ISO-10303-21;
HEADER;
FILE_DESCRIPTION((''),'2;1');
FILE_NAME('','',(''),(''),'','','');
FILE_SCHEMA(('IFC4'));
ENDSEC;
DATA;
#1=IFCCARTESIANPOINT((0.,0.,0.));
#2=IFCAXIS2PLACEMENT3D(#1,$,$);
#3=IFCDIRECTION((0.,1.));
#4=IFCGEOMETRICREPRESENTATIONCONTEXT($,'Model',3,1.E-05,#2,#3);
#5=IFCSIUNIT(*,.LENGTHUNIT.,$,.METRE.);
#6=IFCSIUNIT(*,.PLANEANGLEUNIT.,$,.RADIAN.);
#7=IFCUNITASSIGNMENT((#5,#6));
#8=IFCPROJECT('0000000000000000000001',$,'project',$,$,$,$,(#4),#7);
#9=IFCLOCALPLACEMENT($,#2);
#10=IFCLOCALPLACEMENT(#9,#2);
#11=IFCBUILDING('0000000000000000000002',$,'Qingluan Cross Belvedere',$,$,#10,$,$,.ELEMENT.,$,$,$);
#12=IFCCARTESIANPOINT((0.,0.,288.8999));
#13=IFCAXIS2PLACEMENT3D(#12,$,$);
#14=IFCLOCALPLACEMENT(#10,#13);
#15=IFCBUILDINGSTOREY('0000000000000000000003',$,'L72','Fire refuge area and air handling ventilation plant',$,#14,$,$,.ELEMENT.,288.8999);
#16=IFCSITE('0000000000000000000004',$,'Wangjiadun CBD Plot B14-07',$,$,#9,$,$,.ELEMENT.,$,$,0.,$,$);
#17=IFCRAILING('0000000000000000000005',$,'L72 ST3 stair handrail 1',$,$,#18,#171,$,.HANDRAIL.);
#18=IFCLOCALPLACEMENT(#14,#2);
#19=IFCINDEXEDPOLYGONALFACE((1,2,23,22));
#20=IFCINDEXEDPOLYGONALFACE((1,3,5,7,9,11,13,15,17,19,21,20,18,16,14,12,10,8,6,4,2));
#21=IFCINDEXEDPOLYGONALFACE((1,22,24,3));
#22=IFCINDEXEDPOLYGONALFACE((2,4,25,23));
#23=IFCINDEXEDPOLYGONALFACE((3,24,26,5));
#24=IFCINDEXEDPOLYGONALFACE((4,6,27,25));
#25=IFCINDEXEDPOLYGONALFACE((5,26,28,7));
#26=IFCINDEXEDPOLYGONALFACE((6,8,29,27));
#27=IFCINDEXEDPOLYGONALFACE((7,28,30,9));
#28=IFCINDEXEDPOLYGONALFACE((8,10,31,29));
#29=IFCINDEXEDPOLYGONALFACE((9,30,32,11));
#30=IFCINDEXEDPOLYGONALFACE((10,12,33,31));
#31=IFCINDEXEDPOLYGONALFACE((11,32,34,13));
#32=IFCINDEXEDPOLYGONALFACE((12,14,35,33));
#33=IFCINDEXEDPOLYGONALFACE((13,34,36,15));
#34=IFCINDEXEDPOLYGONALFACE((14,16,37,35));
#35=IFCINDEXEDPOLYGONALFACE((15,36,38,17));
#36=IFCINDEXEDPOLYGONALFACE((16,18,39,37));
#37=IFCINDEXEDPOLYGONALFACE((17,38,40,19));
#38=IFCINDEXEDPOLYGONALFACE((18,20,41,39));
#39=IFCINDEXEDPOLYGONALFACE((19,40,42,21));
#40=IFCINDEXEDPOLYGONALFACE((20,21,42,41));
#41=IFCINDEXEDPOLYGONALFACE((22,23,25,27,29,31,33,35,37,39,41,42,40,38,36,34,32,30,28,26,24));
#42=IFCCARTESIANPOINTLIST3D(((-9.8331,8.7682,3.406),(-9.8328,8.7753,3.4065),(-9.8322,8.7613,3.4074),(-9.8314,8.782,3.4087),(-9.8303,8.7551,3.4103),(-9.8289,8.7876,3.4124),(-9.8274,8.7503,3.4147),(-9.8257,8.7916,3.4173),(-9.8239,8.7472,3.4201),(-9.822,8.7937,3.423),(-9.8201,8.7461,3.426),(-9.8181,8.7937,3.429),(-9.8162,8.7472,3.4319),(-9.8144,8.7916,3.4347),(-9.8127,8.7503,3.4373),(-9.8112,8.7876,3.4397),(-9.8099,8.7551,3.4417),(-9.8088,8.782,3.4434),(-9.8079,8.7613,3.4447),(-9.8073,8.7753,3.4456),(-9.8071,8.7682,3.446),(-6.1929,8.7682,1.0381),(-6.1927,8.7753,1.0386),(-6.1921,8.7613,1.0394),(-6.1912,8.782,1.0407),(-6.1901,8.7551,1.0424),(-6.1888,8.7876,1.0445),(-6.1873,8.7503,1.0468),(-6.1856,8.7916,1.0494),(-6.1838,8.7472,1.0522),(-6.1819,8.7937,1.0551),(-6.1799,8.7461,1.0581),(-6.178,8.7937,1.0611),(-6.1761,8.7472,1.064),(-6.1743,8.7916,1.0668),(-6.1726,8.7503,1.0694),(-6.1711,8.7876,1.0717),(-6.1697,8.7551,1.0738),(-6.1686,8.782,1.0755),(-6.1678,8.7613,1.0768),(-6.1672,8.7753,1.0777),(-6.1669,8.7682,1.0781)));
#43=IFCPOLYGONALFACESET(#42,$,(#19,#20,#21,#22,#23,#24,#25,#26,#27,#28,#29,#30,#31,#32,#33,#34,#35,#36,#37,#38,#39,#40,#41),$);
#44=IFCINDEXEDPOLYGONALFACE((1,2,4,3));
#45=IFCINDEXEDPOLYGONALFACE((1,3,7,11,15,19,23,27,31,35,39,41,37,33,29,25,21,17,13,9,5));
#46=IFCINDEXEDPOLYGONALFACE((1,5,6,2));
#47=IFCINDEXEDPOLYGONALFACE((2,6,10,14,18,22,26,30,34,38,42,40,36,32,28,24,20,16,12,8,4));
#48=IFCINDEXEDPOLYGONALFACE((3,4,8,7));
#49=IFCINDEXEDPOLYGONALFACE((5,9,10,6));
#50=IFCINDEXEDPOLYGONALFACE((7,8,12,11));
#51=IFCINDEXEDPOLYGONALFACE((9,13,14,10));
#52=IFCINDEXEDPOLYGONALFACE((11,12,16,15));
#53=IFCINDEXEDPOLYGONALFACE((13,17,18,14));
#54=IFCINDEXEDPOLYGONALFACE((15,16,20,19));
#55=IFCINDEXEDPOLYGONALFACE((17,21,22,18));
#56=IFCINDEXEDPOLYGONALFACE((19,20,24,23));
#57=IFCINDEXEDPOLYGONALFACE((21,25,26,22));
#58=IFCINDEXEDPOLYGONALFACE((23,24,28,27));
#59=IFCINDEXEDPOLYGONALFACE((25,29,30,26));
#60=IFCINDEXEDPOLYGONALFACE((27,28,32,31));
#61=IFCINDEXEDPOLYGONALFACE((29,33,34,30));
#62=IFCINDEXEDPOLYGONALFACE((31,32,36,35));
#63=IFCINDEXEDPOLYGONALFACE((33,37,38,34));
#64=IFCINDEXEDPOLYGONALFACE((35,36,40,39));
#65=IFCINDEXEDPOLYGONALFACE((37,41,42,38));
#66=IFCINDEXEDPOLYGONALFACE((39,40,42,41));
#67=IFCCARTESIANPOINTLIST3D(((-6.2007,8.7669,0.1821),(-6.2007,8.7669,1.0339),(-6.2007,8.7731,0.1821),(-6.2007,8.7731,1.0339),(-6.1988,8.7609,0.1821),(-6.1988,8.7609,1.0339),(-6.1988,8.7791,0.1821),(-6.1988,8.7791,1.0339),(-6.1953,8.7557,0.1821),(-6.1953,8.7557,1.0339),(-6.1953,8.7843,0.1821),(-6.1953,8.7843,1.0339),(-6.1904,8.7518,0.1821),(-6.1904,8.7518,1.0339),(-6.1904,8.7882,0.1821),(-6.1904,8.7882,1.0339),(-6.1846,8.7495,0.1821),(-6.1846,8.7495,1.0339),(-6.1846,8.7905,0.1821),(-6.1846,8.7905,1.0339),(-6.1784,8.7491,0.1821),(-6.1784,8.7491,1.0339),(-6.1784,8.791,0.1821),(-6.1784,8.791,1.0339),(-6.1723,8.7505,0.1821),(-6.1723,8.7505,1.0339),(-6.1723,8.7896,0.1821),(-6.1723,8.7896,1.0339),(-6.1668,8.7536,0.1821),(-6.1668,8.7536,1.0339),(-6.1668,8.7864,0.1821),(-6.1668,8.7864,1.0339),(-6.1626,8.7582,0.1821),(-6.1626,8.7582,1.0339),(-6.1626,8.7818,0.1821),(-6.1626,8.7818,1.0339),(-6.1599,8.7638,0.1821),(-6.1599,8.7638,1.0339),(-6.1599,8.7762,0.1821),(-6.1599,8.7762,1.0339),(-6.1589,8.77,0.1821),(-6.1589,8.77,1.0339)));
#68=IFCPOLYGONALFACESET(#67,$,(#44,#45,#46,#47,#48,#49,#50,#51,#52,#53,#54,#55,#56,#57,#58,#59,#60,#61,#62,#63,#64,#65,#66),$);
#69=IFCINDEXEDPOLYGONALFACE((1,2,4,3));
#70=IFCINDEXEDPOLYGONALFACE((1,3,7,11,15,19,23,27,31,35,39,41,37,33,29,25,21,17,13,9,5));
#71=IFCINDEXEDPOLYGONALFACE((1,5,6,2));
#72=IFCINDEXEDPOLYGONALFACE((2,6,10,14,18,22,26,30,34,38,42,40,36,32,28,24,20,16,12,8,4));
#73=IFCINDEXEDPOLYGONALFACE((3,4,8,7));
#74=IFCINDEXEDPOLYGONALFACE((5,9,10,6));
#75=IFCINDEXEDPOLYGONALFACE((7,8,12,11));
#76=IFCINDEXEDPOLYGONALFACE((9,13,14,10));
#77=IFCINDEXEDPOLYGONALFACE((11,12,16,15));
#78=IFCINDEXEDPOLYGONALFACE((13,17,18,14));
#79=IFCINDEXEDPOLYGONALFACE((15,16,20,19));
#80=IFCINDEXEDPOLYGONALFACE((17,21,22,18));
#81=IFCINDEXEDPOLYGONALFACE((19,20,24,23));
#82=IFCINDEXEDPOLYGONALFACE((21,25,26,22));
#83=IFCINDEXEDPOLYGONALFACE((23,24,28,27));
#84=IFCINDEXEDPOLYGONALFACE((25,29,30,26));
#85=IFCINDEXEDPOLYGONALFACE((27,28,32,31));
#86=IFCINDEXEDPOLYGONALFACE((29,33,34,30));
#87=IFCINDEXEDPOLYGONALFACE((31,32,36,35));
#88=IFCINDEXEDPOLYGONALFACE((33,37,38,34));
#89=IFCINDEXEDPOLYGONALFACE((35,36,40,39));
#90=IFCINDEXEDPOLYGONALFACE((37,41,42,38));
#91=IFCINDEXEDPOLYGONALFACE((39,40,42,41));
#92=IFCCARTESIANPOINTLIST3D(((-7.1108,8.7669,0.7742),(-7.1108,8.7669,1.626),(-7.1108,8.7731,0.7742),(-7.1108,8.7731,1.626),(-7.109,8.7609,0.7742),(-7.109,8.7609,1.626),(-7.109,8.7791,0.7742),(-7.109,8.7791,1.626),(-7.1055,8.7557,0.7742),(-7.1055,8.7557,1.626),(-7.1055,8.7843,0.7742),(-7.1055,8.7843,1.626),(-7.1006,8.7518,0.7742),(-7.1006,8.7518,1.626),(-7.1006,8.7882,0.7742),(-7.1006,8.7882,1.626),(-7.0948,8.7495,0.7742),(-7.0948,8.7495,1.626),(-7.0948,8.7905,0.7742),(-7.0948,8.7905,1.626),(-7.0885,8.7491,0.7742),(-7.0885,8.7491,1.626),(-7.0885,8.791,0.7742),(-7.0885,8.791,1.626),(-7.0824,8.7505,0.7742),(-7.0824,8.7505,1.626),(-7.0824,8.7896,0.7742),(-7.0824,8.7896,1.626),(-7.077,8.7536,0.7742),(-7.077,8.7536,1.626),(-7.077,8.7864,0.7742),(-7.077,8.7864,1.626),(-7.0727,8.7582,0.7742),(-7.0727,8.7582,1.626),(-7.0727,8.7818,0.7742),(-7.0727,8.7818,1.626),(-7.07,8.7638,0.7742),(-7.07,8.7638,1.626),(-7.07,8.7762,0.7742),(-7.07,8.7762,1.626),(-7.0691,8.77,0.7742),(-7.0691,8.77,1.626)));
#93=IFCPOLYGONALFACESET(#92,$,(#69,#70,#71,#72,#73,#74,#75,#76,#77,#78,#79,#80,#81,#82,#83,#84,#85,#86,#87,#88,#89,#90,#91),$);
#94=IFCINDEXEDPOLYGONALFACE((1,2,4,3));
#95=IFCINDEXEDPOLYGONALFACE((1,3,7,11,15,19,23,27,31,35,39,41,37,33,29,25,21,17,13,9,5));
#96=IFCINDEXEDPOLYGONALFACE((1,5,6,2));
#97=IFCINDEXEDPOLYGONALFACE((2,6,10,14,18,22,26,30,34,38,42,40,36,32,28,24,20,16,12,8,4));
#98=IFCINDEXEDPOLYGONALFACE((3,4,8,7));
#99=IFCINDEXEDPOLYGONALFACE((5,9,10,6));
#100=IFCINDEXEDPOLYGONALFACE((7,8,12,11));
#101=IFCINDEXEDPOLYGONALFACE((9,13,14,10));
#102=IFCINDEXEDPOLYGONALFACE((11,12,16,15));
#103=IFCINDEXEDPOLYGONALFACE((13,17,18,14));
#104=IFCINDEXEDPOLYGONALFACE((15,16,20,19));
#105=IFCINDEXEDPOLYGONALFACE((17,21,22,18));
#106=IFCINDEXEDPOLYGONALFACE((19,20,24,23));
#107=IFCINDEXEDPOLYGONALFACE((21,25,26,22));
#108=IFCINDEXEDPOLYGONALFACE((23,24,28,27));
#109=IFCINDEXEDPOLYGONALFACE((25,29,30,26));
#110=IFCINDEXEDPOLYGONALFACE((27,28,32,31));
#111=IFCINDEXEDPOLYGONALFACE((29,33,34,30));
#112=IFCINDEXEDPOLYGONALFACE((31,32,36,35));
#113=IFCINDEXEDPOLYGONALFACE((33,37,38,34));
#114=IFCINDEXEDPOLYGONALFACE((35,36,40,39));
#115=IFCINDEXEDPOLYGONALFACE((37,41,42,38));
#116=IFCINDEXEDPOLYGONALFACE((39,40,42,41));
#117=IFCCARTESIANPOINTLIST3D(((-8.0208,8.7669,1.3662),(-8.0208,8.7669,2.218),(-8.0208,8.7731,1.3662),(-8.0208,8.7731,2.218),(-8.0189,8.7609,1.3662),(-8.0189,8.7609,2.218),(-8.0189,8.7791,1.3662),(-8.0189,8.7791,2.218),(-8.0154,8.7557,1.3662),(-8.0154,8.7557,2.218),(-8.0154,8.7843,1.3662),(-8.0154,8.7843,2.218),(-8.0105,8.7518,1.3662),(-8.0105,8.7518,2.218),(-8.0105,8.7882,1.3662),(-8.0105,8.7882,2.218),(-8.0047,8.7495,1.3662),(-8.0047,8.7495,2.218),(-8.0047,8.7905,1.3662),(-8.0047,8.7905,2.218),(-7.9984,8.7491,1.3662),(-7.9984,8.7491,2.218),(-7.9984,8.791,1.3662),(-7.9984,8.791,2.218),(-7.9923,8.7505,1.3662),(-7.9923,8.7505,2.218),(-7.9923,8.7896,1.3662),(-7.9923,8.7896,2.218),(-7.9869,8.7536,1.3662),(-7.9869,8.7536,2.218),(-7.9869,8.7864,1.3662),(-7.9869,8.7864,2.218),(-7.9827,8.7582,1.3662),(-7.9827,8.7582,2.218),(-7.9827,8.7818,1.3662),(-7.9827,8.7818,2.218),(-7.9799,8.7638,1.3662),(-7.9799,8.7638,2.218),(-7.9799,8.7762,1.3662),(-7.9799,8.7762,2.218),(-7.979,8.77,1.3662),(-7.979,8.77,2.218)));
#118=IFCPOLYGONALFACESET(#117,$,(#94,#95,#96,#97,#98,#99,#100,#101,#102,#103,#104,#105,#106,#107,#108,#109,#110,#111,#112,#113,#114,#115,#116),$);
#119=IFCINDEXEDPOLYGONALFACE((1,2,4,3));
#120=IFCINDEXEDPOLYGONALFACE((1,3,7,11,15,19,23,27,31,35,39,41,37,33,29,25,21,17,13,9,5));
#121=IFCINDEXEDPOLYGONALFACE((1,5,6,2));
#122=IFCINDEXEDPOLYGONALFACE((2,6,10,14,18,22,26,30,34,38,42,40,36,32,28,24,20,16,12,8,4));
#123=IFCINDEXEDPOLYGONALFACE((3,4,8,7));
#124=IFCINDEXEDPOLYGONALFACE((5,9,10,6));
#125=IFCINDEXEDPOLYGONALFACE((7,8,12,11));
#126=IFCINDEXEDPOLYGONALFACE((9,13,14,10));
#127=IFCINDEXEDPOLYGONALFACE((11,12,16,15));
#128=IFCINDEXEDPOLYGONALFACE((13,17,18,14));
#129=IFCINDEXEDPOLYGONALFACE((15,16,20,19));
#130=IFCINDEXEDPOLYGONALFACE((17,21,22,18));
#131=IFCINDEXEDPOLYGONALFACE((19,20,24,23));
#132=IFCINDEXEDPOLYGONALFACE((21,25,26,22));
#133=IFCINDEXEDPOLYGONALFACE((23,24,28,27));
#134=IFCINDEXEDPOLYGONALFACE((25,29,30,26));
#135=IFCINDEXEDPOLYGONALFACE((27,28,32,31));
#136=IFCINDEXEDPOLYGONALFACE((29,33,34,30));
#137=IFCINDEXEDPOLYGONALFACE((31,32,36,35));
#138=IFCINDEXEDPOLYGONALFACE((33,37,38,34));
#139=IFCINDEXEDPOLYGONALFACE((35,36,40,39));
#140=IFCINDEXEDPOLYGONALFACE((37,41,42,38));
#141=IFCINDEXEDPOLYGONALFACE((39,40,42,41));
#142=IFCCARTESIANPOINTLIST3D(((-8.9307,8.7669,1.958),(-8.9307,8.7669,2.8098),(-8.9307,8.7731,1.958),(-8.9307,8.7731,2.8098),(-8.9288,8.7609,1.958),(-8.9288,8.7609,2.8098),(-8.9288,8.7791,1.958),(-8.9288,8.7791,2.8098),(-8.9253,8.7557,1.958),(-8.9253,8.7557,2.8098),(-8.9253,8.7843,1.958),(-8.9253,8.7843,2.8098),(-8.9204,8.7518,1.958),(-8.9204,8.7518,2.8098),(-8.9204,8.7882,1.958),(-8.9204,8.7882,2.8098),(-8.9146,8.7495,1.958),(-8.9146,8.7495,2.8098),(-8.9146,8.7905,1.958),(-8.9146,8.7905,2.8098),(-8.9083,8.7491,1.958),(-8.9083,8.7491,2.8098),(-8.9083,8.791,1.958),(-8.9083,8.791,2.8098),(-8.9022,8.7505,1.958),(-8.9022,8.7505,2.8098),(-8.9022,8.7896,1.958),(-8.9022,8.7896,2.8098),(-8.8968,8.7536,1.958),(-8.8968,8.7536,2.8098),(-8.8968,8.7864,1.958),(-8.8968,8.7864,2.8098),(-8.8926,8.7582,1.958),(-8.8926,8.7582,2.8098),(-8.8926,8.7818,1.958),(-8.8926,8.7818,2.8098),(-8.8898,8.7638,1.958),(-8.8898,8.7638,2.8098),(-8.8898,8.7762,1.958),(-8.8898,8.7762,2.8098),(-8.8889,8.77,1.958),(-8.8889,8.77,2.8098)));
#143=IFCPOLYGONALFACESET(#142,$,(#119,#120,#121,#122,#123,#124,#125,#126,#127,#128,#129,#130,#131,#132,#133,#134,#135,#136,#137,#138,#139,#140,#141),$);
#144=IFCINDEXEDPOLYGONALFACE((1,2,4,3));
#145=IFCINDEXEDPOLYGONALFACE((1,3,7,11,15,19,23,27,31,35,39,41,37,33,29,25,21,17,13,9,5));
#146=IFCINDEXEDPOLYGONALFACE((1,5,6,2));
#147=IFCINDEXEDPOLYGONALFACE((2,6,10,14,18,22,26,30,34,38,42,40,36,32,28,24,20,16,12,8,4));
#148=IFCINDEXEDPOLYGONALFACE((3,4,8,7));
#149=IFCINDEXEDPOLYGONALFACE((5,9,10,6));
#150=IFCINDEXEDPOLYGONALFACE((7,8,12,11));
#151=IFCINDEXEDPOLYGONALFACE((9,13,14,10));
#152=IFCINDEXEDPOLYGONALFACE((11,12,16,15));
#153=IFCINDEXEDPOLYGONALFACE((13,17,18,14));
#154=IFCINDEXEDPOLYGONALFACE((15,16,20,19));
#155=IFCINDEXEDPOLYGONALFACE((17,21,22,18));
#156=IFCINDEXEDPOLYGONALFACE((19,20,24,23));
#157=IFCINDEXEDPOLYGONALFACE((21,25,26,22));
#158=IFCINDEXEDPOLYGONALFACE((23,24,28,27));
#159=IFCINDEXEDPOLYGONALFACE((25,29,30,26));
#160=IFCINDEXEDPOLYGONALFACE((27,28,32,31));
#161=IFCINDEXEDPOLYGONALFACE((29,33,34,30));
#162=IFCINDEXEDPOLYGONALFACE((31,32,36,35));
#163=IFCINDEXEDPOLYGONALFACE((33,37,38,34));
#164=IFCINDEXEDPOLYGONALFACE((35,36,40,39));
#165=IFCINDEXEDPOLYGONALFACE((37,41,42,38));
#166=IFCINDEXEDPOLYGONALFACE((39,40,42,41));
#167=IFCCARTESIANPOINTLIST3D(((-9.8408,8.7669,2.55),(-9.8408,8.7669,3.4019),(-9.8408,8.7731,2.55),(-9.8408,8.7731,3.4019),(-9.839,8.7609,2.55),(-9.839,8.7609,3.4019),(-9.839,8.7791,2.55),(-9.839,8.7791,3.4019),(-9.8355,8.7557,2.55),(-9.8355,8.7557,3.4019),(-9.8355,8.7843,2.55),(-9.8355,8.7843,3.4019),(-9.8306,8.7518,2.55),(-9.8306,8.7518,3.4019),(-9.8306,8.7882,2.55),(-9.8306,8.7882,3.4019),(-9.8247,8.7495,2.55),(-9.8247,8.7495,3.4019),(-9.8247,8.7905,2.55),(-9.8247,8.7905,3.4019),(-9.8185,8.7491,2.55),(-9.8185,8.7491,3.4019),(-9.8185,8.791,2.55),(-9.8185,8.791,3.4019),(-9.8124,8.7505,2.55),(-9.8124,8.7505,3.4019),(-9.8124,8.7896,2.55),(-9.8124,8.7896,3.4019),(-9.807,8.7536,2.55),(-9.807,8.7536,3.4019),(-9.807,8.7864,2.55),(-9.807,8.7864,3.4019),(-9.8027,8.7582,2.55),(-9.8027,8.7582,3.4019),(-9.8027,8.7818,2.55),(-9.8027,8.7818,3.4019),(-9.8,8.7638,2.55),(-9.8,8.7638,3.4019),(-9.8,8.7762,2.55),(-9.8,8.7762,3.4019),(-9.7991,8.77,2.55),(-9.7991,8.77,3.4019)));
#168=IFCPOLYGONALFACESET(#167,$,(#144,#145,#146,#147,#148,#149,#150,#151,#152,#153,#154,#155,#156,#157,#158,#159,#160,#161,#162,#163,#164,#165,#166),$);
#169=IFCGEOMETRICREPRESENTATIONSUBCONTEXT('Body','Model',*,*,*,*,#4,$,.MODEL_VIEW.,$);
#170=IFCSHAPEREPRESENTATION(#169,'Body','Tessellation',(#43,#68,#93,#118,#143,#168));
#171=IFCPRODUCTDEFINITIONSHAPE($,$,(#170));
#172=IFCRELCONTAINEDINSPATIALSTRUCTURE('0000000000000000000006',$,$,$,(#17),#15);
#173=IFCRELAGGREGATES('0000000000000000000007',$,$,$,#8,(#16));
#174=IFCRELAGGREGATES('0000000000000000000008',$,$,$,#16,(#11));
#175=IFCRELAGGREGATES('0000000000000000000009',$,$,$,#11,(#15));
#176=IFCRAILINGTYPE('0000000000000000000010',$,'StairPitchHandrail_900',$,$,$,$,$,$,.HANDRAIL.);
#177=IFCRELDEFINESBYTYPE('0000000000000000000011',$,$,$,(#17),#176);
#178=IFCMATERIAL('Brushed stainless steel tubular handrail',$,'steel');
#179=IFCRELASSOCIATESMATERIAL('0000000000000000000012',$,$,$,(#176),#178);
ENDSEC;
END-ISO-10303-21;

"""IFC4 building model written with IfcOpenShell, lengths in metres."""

from ifc_helpers import new_model, si_unit, direction, frame, origin, origin_2d, place, context, subcontext, project, spatial, circle, extrude, material, type_object, element, save


model = new_model("IFC4")

# Units and contexts
model_context = context("Model", 3, precision=1e-05, world=origin(), true_north=direction((0.0, 1.0)))
body_context = subcontext(model_context, "Body", "Model", "MODEL_VIEW")
ifc_project = project(units=[si_unit("LENGTHUNIT", "METRE"), si_unit("PLANEANGLEUNIT", "RADIAN")], contexts=[model_context])

# Site, building, storey
site_placement = place(None, origin())
site = spatial("IfcSite", under=ifc_project, at=site_placement, Name="Wangjiadun CBD Plot B14-07", CompositionType="ELEMENT", RefElevation=0.0)
building_placement = place(site_placement, origin())
building = spatial("IfcBuilding", under=site, at=building_placement, Name="Qingluan Cross Belvedere", CompositionType="ELEMENT")
storey_placement = place(building_placement, frame((0.0, 0.0, 288.8999)))
storey = spatial("IfcBuildingStorey", under=building, at=storey_placement, Name="L72", Description="Fire refuge area and air handling ventilation plant", CompositionType="ELEMENT", Elevation=288.8999)

# Railing
ifc_material_1 = material(Name="Brushed stainless steel tubular handrail", Category="steel")
railing_type_1 = type_object("IfcRailingType", Name="StairPitchHandrail_900", PredefinedType="HANDRAIL", material=ifc_material_1)
railing_1_placement = place(storey_placement, frame((-6.1799, 8.77, 0.1821)))
element("IfcRailing", 1, at=railing_1_placement, inside=storey, type_object=railing_type_1, Name="L72 ST3 stair handrail 1", PredefinedType="HANDRAIL", context=body_context, shape_type="SweptSolid", body=[
    extrude(circle(Radius=0.0239, at=origin_2d()), frame((0.0, 0.0, 0.876), z_axis=(-0.838251, 0.0, 0.545285), x_axis=(0.0, -1.0, 0.0)), (0.0, 0.0, 1.0), 4.3425),
    extrude(circle(Radius=0.021, at=origin_2d()), origin(), (0.0, 0.0, 1.0), 0.8518),
    extrude(circle(Radius=0.021, at=origin_2d()), frame((-0.9102, 0.0, 0.592)), (0.0, 0.0, 1.0), 0.8518),
    extrude(circle(Radius=0.021, at=origin_2d()), frame((-1.8201, 0.0, 1.1841)), (0.0, 0.0, 1.0), 0.8518),
    extrude(circle(Radius=0.021, at=origin_2d()), frame((-2.73, 0.0, 1.7759)), (0.0, 0.0, 1.0), 0.8518),
    extrude(circle(Radius=0.021, at=origin_2d()), frame((-3.6401, 0.0, 2.3679)), (0.0, 0.0, 1.0), 0.8518),
])

save(model, "model.ifc")
